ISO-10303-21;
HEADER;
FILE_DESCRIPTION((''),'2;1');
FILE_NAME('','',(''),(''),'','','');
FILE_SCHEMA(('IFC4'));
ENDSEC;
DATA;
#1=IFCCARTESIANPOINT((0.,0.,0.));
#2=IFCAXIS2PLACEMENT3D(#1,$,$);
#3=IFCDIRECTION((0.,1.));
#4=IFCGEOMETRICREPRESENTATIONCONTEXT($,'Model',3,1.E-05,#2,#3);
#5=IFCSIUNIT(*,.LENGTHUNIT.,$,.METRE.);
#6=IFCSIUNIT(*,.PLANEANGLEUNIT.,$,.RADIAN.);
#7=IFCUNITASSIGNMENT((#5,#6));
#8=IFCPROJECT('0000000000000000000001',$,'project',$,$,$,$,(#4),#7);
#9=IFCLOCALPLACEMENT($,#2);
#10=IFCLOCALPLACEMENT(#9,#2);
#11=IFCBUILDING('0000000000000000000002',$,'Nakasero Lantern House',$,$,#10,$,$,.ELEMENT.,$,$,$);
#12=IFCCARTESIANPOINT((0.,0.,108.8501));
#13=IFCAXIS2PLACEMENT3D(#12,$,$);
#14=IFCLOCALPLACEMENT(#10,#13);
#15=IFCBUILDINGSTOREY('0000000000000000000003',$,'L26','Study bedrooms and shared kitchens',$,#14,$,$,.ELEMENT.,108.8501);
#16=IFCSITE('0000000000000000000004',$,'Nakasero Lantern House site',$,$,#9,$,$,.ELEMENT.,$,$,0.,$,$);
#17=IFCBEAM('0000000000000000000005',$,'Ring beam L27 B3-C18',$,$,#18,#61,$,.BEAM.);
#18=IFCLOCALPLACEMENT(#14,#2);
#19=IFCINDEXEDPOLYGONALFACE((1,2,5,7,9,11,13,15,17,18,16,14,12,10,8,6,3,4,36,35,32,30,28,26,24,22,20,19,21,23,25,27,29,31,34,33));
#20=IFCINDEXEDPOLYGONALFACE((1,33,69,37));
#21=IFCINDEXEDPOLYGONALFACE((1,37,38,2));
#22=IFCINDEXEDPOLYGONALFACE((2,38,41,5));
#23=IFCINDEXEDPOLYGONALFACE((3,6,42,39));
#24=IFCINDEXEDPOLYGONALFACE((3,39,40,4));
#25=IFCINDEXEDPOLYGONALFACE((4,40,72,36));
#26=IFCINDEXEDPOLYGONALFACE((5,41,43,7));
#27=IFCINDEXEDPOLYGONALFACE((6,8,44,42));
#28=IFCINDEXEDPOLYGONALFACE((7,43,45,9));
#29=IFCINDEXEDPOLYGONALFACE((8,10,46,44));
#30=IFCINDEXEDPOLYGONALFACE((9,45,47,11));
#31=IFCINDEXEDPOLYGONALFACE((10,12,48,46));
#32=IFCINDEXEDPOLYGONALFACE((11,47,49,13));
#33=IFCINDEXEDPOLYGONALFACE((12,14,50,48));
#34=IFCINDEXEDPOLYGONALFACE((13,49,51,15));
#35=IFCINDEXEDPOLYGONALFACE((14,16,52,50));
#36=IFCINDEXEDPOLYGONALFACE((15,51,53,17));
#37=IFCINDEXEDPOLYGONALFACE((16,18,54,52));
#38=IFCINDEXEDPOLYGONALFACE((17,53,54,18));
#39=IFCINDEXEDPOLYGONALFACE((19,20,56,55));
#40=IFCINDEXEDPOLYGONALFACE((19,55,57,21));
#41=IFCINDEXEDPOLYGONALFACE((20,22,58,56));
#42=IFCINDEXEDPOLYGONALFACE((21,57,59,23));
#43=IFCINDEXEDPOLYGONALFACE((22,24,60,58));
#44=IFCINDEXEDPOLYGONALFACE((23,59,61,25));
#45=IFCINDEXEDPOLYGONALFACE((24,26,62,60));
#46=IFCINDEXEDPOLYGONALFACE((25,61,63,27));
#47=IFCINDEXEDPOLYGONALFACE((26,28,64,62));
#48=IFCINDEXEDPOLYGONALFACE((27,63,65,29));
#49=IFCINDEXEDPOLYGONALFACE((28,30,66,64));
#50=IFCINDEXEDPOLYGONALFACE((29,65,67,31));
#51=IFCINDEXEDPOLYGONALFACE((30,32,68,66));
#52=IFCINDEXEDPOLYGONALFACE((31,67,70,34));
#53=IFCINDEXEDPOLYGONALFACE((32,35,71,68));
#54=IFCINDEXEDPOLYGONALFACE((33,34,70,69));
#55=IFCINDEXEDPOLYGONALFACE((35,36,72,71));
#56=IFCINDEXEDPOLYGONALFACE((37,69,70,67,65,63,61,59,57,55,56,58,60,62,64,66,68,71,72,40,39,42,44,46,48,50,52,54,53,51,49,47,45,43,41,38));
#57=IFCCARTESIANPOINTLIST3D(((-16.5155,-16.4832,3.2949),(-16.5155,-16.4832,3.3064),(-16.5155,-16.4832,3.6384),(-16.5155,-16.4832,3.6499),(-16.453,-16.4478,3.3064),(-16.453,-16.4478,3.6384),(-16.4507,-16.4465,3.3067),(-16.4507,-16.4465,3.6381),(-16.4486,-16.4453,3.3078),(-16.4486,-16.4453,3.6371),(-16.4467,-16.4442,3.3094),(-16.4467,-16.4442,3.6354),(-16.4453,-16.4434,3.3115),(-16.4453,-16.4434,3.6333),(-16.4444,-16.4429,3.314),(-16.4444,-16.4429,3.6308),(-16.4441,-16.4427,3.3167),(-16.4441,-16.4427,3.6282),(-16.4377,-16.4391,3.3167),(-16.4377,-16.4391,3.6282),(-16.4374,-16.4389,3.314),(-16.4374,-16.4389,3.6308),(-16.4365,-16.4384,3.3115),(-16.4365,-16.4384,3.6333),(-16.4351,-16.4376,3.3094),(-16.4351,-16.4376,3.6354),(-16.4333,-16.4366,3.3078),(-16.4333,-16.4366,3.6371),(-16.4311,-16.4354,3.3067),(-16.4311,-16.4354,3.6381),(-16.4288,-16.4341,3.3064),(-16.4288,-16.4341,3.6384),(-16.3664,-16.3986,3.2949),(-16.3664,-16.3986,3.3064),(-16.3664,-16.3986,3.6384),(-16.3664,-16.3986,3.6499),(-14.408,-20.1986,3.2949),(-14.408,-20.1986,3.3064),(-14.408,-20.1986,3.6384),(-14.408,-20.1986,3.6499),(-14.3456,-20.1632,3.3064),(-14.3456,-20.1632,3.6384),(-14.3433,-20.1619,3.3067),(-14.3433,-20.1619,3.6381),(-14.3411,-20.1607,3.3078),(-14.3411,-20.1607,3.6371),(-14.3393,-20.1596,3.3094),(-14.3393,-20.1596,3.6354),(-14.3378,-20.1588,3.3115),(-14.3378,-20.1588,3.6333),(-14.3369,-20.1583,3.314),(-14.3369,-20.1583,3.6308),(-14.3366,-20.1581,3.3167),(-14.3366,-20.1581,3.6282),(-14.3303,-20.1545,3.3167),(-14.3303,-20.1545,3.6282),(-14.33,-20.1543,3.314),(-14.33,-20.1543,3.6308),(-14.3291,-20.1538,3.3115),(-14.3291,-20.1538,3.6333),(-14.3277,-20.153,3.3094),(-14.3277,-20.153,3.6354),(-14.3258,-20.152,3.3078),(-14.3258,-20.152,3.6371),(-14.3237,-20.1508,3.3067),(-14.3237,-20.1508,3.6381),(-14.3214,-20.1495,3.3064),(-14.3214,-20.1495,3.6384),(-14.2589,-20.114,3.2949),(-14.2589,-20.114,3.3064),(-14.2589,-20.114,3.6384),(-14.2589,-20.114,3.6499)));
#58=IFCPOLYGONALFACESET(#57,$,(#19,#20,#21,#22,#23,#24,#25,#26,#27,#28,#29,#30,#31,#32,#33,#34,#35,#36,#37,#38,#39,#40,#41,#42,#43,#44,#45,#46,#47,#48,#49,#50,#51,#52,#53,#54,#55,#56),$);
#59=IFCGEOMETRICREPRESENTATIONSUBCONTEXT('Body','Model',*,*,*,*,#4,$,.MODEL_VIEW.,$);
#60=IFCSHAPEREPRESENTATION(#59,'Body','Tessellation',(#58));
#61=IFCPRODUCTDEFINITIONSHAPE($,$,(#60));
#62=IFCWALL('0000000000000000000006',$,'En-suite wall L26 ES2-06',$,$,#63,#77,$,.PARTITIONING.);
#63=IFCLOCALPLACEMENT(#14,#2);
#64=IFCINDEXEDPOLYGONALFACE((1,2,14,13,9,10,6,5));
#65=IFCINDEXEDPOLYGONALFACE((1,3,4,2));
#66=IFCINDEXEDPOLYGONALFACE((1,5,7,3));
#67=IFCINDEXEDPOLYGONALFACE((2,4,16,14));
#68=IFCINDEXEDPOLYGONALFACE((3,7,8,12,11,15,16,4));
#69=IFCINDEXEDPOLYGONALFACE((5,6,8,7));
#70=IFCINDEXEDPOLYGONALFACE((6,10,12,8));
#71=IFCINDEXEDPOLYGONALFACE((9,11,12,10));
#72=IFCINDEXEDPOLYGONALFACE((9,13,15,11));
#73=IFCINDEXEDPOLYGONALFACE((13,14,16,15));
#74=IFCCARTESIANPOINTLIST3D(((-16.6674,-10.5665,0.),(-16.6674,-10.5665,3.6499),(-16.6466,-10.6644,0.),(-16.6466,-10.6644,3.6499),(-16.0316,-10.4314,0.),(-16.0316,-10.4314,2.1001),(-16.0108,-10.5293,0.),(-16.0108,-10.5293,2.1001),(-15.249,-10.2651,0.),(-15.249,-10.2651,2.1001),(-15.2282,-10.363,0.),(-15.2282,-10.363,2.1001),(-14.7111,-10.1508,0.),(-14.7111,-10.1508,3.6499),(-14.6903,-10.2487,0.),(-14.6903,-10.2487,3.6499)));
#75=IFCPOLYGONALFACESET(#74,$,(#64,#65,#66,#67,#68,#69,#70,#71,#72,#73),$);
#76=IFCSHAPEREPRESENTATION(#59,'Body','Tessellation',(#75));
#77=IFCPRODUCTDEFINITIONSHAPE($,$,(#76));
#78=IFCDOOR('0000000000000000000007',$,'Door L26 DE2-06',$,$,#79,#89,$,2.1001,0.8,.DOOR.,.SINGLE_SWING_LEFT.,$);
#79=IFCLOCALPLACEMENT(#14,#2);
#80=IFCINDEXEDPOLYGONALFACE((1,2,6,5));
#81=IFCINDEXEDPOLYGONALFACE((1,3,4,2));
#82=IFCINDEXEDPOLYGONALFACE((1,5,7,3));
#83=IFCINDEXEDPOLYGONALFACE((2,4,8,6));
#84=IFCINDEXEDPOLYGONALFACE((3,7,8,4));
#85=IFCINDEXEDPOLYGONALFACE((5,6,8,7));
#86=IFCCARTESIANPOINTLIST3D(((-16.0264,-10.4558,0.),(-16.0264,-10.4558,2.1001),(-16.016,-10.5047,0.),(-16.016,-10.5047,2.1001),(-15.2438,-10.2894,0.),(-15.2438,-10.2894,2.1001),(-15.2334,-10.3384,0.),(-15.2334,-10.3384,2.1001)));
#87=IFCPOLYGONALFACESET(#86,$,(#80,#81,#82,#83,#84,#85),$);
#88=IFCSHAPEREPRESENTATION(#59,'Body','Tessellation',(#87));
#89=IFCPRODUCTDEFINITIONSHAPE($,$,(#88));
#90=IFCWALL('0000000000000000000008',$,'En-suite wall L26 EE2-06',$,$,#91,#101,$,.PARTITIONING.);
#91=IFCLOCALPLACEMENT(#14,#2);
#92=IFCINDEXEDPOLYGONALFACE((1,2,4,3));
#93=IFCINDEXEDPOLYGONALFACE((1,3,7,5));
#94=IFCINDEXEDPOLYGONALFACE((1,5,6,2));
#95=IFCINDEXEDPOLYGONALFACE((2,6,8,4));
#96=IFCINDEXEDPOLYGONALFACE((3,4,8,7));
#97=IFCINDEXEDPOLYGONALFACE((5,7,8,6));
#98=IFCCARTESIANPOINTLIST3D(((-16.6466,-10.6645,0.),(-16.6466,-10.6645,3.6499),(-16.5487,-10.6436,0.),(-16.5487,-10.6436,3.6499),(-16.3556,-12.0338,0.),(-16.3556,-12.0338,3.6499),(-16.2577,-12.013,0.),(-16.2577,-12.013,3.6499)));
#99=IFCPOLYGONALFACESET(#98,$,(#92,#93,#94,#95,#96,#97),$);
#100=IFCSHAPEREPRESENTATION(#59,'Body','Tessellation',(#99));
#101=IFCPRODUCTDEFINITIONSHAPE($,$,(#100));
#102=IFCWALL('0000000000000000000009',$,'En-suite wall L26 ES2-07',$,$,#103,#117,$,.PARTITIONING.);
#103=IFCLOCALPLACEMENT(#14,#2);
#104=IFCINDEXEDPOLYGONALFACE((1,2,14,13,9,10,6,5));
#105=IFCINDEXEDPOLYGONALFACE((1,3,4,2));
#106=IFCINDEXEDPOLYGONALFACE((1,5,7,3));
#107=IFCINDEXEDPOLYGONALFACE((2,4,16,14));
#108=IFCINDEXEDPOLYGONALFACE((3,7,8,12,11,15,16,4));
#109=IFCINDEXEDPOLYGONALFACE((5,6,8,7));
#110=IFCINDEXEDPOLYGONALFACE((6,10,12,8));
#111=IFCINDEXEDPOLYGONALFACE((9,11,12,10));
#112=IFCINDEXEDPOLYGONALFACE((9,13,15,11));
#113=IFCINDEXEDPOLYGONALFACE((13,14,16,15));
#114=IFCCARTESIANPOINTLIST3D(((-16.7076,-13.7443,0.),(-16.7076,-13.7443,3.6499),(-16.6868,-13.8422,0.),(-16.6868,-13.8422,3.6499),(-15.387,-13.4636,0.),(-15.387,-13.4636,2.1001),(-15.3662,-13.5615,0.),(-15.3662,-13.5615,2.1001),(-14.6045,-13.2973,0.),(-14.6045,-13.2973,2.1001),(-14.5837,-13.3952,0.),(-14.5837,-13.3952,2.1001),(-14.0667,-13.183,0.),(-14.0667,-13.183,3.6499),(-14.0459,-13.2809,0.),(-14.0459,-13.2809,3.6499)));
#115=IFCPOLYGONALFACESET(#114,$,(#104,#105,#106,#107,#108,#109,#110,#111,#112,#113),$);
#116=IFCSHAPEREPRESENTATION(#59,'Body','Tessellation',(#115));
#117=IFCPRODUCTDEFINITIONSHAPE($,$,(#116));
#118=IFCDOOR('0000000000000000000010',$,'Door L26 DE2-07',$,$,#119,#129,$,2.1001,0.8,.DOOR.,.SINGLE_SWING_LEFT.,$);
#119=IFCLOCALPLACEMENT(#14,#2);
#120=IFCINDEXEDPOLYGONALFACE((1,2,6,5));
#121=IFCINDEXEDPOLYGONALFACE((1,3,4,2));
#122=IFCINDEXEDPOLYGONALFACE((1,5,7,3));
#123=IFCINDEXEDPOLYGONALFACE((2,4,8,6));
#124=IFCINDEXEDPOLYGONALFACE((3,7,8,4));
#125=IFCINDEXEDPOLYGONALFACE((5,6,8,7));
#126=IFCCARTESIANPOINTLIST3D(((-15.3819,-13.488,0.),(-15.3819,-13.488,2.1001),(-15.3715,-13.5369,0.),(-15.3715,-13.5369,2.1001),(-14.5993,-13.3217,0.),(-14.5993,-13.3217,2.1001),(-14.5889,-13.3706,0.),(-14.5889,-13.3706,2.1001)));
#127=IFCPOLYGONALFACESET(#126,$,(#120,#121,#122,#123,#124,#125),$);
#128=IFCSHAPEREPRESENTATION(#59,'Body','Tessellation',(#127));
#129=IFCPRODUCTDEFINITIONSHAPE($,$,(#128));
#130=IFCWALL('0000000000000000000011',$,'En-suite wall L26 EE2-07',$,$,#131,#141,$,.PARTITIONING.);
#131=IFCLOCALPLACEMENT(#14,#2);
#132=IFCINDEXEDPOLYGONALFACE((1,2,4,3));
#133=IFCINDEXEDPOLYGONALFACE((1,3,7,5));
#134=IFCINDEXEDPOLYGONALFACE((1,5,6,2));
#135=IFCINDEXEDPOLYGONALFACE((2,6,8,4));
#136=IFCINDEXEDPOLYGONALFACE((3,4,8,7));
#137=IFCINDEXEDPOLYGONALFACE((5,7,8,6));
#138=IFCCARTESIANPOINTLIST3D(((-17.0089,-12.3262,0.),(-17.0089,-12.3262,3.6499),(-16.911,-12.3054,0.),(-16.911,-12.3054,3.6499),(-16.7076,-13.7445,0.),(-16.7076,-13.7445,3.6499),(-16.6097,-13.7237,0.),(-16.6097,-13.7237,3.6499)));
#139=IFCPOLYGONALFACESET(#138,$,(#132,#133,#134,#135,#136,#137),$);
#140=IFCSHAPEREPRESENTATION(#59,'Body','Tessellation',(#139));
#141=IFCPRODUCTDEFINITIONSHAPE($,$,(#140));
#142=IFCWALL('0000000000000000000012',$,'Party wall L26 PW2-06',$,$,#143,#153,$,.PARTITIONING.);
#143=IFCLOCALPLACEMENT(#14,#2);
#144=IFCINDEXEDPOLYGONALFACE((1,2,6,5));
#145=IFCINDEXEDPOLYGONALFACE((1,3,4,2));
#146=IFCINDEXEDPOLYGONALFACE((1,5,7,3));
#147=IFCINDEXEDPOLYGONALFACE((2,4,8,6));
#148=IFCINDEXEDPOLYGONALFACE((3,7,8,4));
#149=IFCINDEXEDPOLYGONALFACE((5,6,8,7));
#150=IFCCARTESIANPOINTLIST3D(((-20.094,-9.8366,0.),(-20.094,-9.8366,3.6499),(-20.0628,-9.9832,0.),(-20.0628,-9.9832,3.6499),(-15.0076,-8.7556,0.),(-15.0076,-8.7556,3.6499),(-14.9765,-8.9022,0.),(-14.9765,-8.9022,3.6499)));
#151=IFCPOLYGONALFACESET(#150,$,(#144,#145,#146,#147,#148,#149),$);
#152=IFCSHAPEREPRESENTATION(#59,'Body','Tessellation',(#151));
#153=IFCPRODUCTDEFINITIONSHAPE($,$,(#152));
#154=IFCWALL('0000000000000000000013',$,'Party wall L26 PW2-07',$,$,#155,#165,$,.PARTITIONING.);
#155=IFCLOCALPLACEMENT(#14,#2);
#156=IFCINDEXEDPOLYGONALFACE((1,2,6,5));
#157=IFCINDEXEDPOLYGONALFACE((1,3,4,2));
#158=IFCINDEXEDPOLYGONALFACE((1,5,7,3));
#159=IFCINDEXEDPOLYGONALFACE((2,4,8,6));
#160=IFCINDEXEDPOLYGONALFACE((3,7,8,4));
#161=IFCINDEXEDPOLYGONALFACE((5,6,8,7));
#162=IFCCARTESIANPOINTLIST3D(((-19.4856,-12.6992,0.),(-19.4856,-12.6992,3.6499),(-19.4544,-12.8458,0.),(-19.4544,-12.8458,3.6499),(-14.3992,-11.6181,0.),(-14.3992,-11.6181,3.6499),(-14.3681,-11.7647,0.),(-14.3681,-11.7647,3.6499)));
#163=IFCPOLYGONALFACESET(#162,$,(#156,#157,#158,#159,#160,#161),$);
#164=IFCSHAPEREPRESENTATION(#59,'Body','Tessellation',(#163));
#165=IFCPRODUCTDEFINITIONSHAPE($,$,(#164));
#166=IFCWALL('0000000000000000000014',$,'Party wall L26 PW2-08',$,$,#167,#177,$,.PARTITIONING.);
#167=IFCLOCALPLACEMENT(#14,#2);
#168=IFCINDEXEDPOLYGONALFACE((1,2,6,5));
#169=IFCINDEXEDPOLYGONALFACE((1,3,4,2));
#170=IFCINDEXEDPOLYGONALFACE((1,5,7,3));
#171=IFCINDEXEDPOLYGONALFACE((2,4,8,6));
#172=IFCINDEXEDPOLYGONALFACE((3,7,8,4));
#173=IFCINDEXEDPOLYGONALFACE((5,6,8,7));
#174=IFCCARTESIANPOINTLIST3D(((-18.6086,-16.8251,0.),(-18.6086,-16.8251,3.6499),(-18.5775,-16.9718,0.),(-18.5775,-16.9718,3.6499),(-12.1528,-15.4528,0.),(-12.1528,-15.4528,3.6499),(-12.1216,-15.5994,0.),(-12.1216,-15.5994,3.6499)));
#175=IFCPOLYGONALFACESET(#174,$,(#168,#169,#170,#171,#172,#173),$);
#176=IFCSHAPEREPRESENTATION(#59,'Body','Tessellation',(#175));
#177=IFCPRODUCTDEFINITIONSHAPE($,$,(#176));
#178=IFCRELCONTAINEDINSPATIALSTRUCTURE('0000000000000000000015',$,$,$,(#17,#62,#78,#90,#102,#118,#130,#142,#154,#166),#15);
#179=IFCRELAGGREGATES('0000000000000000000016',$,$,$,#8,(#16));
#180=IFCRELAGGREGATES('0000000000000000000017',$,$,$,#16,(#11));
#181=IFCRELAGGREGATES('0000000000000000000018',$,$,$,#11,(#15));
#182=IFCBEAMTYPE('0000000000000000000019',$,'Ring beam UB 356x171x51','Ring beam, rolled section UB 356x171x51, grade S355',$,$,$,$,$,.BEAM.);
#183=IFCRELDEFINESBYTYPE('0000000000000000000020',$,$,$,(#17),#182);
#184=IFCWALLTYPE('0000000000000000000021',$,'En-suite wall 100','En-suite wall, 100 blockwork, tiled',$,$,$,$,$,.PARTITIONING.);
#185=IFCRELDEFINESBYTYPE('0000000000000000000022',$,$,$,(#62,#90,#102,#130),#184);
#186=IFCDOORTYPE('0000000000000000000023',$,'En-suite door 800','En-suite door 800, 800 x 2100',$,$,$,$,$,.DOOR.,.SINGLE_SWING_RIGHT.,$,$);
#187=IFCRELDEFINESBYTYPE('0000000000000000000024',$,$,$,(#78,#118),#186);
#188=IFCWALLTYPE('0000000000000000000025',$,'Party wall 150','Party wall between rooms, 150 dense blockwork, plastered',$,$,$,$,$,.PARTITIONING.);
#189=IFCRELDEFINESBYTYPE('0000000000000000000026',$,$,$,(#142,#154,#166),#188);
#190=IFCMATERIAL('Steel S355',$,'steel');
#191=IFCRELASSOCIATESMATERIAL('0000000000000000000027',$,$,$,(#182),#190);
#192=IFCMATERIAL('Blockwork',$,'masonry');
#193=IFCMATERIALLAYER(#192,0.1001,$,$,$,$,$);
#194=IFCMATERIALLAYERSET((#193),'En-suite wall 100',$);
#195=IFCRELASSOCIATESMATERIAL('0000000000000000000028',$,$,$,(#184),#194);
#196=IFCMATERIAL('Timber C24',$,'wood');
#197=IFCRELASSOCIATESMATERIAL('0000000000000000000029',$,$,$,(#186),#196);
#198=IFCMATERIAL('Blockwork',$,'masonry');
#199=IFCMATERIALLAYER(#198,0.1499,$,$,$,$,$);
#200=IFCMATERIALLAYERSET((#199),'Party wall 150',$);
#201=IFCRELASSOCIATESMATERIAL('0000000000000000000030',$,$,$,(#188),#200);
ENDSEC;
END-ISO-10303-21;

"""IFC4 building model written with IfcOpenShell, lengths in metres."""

from ifc_helpers import new_model, si_unit, direction, frame, frame_2d, origin, origin_2d, place, context, subcontext, project, spatial, rectangle, i_section, extrude, material, layer, layer_set, material_profile, profile_set, type_object, element, fill, save


model = new_model("IFC4")

# Units and contexts
model_context = context("Model", 3, precision=1e-05, world=origin(), true_north=direction((0.0, 1.0)))
body_context = subcontext(model_context, "Body", "Model", "MODEL_VIEW")
ifc_project = project(units=[si_unit("LENGTHUNIT", "METRE"), si_unit("PLANEANGLEUNIT", "RADIAN")], contexts=[model_context])

# Site, building, storey
site_placement = place(None, origin())
site = spatial("IfcSite", under=ifc_project, at=site_placement, Name="Nakasero Lantern House site", CompositionType="ELEMENT", RefElevation=0.0)
building_placement = place(site_placement, origin())
building = spatial("IfcBuilding", under=site, at=building_placement, Name="Nakasero Lantern House", CompositionType="ELEMENT")
storey_placement = place(building_placement, frame((0.0, 0.0, 108.8501)))
storey = spatial("IfcBuildingStorey", under=building, at=storey_placement, Name="L26", Description="Study bedrooms and shared kitchens", CompositionType="ELEMENT", Elevation=108.8501)

# Beam
ifc_material_1 = material(Name="Steel S355", Category="steel")
ifc_material_profile_1 = material_profile(ifc_material_1, i_section(OverallWidth=0.1714, OverallDepth=0.355, WebThickness=0.0073, FlangeThickness=0.0115, FilletRadius=0.0103, at=origin_2d()), Name="UB 356x171x51")
ifc_profile_set_1 = profile_set([ifc_material_profile_1], Name="Steel S355")
beam_type_1 = type_object("IfcBeamType", Name="Ring beam UB 356x171x51", Description="Ring beam, rolled section UB 356x171x51, grade S355", PredefinedType="BEAM", material=ifc_profile_set_1)
beam_1_placement = place(storey_placement, frame((-16.4409, -16.4409, 3.4724), z_axis=(0.493379, -0.869815, 0.0), x_axis=(0.869815, 0.493379, 0.0)))
element("IfcBeam", 1, at=beam_1_placement, inside=storey, type_object=beam_type_1, Name="Ring beam L27 B3-C18", PredefinedType="BEAM", context=body_context, shape_type="SweptSolid", body=[
    extrude(i_section(OverallWidth=0.1714, OverallDepth=0.355, WebThickness=0.0073, FlangeThickness=0.0115, FilletRadius=0.0103, at=origin_2d()), origin(), (0.0, 0.0, 1.0), 4.2715),
])

# Wall, opening, door
ifc_material_2 = material(Name="Blockwork", Category="masonry")
ifc_layer_1 = layer(ifc_material_2, 0.1001)
ifc_layer_set_1 = layer_set([ifc_layer_1], Name="En-suite wall 100")
wall_type_1 = type_object("IfcWallType", Name="En-suite wall 100", Description="En-suite wall, 100 blockwork, tiled", PredefinedType="PARTITIONING", material=ifc_layer_set_1)
wall_1_placement = place(storey_placement, frame((-14.7007, -10.1997, 0.0), z_axis=(0.0, 0.0, 1.0), x_axis=(-0.978153, -0.207886, 0.0)))
wall_1 = element("IfcWall", 2, at=wall_1_placement, inside=storey, type_object=wall_type_1, Name="En-suite wall L26 ES2-06", PredefinedType="PARTITIONING", context=body_context, shape_type="SweptSolid", body=[
    extrude(rectangle(XDim=2.0, YDim=0.1001, at=frame_2d((1.0, 0.0))), origin(), (0.0, 0.0, 1.0), 3.6499),
])
opening_1_placement = place(wall_1_placement, frame((0.55, 0.0, 0.0)))
opening_1 = element("IfcOpeningElement", 3, at=opening_1_placement, cuts=wall_1, PredefinedType="OPENING", context=body_context, shape_type="SweptSolid", body=[
    extrude(rectangle(XDim=0.8, YDim=2.1001, at=frame_2d((0.3999, 1.05))), frame((0.0, 0.0701, 0.0), z_axis=(0.0, -1.0, 0.0), x_axis=(1.0, 0.0, 0.0)), (0.0, 0.0, 1.0), 0.1401),
])
ifc_material_3 = material(Name="Timber C24", Category="wood")
door_type = type_object("IfcDoorType", Name="En-suite door 800", Description="En-suite door 800, 800 x 2100", OperationType="SINGLE_SWING_RIGHT", PredefinedType="DOOR", material=ifc_material_3)
door_1_placement = place(opening_1_placement, origin())
door_1 = element("IfcDoor", 4, at=door_1_placement, inside=storey, type_object=door_type, Name="Door L26 DE2-06", OperationType="SINGLE_SWING_LEFT", OverallHeight=2.1001, OverallWidth=0.8, PredefinedType="DOOR", context=body_context, shape_type="SweptSolid", body=[
    extrude(rectangle(XDim=0.8, YDim=2.1001, at=frame_2d((0.3999, 1.05))), frame((0.0, 0.0249, 0.0), z_axis=(0.0, -1.0, 0.0), x_axis=(1.0, 0.0, 0.0)), (0.0, 0.0, 1.0), 0.05),
])
fill(opening_1, door_1)

# Wall
wall_2_placement = place(storey_placement, frame((-16.5977, -10.6541, 0.0), z_axis=(0.0, 0.0, 1.0), x_axis=(0.207873, -0.978156, 0.0)))
element("IfcWall", 5, at=wall_2_placement, inside=storey, type_object=wall_type_1, Name="En-suite wall L26 EE2-06", PredefinedType="PARTITIONING", context=body_context, shape_type="SweptSolid", body=[
    extrude(rectangle(XDim=1.3999, YDim=0.1001, at=frame_2d((0.7, 0.0))), origin(), (0.0, 0.0, 1.0), 3.6499),
])

# Wall, opening, door
wall_3_placement = place(storey_placement, frame((-14.0562, -13.2319, 0.0), z_axis=(0.0, 0.0, 1.0), x_axis=(-0.978152, -0.207892, 0.0)))
wall_3 = element("IfcWall", 6, at=wall_3_placement, inside=storey, type_object=wall_type_1, Name="En-suite wall L26 ES2-07", PredefinedType="PARTITIONING", context=body_context, shape_type="SweptSolid", body=[
    extrude(rectangle(XDim=2.7, YDim=0.1001, at=frame_2d((1.3501, 0.0))), origin(), (0.0, 0.0, 1.0), 3.6499),
])
opening_2_placement = place(wall_3_placement, frame((0.55, 0.0, 0.0)))
opening_2 = element("IfcOpeningElement", 7, at=opening_2_placement, cuts=wall_3, PredefinedType="OPENING", context=body_context, shape_type="SweptSolid", body=[
    extrude(rectangle(XDim=0.8, YDim=2.1001, at=frame_2d((0.3999, 1.05))), frame((0.0, 0.0701, 0.0), z_axis=(0.0, -1.0, 0.0), x_axis=(1.0, 0.0, 0.0)), (0.0, 0.0, 1.0), 0.1401),
])
door_2_placement = place(opening_2_placement, origin())
door_2 = element("IfcDoor", 8, at=door_2_placement, inside=storey, type_object=door_type, Name="Door L26 DE2-07", OperationType="SINGLE_SWING_LEFT", OverallHeight=2.1001, OverallWidth=0.8, PredefinedType="DOOR", context=body_context, shape_type="SweptSolid", body=[
    extrude(rectangle(XDim=0.8, YDim=2.1001, at=frame_2d((0.3999, 1.05))), frame((0.0, 0.0249, 0.0), z_axis=(0.0, -1.0, 0.0), x_axis=(1.0, 0.0, 0.0)), (0.0, 0.0, 1.0), 0.05),
])
fill(opening_2, door_2)

# Walls
wall_4_placement = place(storey_placement, frame((-16.96, -12.3157, 0.0), z_axis=(0.0, 0.0, 1.0), x_axis=(0.207792, -0.978173, 0.0)))
element("IfcWall", 9, at=wall_4_placement, inside=storey, type_object=wall_type_1, Name="En-suite wall L26 EE2-07", PredefinedType="PARTITIONING", context=body_context, shape_type="SweptSolid", body=[
    extrude(rectangle(XDim=1.45, YDim=0.1001, at=frame_2d((0.7251, 0.0))), origin(), (0.0, 0.0, 1.0), 3.6499),
])
ifc_material_4 = material(Name="Blockwork", Category="masonry")
ifc_layer_2 = layer(ifc_material_4, 0.1499)
ifc_layer_set_2 = layer_set([ifc_layer_2], Name="Party wall 150")
wall_type_2 = type_object("IfcWallType", Name="Party wall 150", Description="Party wall between rooms, 150 dense blockwork, plastered", PredefinedType="PARTITIONING", material=ifc_layer_set_2)
for number, where, z_axis, x_axis, name in (
    (10, (-14.9919, -8.8289, 0.0), (0.0, 0.0, 1.0), (-0.978151, -0.207894, 0.0), "Party wall L26 PW2-06"),
    (11, (-14.3835, -11.6914, 0.0), (0.0, 0.0, 1.0), (-0.978151, -0.207894, 0.0), "Party wall L26 PW2-07"),
):
    element("IfcWall", number, at=place(storey_placement, frame(where, z_axis=z_axis, x_axis=x_axis)), inside=storey, type_object=wall_type_2, Name=name, PredefinedType="PARTITIONING", context=body_context, shape_type="SweptSolid", body=[
        extrude(rectangle(XDim=5.2, YDim=0.1499, at=frame_2d((2.6001, 0.0))), origin(), (0.0, 0.0, 1.0), 3.6499),
    ])
wall_5_placement = place(storey_placement, frame((-12.1372, -15.5261, 0.0), z_axis=(0.0, 0.0, 1.0), x_axis=(-0.978145, -0.207925, 0.0)))
element("IfcWall", 12, at=wall_5_placement, inside=storey, type_object=wall_type_2, Name="Party wall L26 PW2-08", PredefinedType="PARTITIONING", context=body_context, shape_type="SweptSolid", body=[
    extrude(rectangle(XDim=6.6001, YDim=0.1499, at=frame_2d((3.3, 0.0))), origin(), (0.0, 0.0, 1.0), 3.6499),
])

save(model, "model.ifc")
